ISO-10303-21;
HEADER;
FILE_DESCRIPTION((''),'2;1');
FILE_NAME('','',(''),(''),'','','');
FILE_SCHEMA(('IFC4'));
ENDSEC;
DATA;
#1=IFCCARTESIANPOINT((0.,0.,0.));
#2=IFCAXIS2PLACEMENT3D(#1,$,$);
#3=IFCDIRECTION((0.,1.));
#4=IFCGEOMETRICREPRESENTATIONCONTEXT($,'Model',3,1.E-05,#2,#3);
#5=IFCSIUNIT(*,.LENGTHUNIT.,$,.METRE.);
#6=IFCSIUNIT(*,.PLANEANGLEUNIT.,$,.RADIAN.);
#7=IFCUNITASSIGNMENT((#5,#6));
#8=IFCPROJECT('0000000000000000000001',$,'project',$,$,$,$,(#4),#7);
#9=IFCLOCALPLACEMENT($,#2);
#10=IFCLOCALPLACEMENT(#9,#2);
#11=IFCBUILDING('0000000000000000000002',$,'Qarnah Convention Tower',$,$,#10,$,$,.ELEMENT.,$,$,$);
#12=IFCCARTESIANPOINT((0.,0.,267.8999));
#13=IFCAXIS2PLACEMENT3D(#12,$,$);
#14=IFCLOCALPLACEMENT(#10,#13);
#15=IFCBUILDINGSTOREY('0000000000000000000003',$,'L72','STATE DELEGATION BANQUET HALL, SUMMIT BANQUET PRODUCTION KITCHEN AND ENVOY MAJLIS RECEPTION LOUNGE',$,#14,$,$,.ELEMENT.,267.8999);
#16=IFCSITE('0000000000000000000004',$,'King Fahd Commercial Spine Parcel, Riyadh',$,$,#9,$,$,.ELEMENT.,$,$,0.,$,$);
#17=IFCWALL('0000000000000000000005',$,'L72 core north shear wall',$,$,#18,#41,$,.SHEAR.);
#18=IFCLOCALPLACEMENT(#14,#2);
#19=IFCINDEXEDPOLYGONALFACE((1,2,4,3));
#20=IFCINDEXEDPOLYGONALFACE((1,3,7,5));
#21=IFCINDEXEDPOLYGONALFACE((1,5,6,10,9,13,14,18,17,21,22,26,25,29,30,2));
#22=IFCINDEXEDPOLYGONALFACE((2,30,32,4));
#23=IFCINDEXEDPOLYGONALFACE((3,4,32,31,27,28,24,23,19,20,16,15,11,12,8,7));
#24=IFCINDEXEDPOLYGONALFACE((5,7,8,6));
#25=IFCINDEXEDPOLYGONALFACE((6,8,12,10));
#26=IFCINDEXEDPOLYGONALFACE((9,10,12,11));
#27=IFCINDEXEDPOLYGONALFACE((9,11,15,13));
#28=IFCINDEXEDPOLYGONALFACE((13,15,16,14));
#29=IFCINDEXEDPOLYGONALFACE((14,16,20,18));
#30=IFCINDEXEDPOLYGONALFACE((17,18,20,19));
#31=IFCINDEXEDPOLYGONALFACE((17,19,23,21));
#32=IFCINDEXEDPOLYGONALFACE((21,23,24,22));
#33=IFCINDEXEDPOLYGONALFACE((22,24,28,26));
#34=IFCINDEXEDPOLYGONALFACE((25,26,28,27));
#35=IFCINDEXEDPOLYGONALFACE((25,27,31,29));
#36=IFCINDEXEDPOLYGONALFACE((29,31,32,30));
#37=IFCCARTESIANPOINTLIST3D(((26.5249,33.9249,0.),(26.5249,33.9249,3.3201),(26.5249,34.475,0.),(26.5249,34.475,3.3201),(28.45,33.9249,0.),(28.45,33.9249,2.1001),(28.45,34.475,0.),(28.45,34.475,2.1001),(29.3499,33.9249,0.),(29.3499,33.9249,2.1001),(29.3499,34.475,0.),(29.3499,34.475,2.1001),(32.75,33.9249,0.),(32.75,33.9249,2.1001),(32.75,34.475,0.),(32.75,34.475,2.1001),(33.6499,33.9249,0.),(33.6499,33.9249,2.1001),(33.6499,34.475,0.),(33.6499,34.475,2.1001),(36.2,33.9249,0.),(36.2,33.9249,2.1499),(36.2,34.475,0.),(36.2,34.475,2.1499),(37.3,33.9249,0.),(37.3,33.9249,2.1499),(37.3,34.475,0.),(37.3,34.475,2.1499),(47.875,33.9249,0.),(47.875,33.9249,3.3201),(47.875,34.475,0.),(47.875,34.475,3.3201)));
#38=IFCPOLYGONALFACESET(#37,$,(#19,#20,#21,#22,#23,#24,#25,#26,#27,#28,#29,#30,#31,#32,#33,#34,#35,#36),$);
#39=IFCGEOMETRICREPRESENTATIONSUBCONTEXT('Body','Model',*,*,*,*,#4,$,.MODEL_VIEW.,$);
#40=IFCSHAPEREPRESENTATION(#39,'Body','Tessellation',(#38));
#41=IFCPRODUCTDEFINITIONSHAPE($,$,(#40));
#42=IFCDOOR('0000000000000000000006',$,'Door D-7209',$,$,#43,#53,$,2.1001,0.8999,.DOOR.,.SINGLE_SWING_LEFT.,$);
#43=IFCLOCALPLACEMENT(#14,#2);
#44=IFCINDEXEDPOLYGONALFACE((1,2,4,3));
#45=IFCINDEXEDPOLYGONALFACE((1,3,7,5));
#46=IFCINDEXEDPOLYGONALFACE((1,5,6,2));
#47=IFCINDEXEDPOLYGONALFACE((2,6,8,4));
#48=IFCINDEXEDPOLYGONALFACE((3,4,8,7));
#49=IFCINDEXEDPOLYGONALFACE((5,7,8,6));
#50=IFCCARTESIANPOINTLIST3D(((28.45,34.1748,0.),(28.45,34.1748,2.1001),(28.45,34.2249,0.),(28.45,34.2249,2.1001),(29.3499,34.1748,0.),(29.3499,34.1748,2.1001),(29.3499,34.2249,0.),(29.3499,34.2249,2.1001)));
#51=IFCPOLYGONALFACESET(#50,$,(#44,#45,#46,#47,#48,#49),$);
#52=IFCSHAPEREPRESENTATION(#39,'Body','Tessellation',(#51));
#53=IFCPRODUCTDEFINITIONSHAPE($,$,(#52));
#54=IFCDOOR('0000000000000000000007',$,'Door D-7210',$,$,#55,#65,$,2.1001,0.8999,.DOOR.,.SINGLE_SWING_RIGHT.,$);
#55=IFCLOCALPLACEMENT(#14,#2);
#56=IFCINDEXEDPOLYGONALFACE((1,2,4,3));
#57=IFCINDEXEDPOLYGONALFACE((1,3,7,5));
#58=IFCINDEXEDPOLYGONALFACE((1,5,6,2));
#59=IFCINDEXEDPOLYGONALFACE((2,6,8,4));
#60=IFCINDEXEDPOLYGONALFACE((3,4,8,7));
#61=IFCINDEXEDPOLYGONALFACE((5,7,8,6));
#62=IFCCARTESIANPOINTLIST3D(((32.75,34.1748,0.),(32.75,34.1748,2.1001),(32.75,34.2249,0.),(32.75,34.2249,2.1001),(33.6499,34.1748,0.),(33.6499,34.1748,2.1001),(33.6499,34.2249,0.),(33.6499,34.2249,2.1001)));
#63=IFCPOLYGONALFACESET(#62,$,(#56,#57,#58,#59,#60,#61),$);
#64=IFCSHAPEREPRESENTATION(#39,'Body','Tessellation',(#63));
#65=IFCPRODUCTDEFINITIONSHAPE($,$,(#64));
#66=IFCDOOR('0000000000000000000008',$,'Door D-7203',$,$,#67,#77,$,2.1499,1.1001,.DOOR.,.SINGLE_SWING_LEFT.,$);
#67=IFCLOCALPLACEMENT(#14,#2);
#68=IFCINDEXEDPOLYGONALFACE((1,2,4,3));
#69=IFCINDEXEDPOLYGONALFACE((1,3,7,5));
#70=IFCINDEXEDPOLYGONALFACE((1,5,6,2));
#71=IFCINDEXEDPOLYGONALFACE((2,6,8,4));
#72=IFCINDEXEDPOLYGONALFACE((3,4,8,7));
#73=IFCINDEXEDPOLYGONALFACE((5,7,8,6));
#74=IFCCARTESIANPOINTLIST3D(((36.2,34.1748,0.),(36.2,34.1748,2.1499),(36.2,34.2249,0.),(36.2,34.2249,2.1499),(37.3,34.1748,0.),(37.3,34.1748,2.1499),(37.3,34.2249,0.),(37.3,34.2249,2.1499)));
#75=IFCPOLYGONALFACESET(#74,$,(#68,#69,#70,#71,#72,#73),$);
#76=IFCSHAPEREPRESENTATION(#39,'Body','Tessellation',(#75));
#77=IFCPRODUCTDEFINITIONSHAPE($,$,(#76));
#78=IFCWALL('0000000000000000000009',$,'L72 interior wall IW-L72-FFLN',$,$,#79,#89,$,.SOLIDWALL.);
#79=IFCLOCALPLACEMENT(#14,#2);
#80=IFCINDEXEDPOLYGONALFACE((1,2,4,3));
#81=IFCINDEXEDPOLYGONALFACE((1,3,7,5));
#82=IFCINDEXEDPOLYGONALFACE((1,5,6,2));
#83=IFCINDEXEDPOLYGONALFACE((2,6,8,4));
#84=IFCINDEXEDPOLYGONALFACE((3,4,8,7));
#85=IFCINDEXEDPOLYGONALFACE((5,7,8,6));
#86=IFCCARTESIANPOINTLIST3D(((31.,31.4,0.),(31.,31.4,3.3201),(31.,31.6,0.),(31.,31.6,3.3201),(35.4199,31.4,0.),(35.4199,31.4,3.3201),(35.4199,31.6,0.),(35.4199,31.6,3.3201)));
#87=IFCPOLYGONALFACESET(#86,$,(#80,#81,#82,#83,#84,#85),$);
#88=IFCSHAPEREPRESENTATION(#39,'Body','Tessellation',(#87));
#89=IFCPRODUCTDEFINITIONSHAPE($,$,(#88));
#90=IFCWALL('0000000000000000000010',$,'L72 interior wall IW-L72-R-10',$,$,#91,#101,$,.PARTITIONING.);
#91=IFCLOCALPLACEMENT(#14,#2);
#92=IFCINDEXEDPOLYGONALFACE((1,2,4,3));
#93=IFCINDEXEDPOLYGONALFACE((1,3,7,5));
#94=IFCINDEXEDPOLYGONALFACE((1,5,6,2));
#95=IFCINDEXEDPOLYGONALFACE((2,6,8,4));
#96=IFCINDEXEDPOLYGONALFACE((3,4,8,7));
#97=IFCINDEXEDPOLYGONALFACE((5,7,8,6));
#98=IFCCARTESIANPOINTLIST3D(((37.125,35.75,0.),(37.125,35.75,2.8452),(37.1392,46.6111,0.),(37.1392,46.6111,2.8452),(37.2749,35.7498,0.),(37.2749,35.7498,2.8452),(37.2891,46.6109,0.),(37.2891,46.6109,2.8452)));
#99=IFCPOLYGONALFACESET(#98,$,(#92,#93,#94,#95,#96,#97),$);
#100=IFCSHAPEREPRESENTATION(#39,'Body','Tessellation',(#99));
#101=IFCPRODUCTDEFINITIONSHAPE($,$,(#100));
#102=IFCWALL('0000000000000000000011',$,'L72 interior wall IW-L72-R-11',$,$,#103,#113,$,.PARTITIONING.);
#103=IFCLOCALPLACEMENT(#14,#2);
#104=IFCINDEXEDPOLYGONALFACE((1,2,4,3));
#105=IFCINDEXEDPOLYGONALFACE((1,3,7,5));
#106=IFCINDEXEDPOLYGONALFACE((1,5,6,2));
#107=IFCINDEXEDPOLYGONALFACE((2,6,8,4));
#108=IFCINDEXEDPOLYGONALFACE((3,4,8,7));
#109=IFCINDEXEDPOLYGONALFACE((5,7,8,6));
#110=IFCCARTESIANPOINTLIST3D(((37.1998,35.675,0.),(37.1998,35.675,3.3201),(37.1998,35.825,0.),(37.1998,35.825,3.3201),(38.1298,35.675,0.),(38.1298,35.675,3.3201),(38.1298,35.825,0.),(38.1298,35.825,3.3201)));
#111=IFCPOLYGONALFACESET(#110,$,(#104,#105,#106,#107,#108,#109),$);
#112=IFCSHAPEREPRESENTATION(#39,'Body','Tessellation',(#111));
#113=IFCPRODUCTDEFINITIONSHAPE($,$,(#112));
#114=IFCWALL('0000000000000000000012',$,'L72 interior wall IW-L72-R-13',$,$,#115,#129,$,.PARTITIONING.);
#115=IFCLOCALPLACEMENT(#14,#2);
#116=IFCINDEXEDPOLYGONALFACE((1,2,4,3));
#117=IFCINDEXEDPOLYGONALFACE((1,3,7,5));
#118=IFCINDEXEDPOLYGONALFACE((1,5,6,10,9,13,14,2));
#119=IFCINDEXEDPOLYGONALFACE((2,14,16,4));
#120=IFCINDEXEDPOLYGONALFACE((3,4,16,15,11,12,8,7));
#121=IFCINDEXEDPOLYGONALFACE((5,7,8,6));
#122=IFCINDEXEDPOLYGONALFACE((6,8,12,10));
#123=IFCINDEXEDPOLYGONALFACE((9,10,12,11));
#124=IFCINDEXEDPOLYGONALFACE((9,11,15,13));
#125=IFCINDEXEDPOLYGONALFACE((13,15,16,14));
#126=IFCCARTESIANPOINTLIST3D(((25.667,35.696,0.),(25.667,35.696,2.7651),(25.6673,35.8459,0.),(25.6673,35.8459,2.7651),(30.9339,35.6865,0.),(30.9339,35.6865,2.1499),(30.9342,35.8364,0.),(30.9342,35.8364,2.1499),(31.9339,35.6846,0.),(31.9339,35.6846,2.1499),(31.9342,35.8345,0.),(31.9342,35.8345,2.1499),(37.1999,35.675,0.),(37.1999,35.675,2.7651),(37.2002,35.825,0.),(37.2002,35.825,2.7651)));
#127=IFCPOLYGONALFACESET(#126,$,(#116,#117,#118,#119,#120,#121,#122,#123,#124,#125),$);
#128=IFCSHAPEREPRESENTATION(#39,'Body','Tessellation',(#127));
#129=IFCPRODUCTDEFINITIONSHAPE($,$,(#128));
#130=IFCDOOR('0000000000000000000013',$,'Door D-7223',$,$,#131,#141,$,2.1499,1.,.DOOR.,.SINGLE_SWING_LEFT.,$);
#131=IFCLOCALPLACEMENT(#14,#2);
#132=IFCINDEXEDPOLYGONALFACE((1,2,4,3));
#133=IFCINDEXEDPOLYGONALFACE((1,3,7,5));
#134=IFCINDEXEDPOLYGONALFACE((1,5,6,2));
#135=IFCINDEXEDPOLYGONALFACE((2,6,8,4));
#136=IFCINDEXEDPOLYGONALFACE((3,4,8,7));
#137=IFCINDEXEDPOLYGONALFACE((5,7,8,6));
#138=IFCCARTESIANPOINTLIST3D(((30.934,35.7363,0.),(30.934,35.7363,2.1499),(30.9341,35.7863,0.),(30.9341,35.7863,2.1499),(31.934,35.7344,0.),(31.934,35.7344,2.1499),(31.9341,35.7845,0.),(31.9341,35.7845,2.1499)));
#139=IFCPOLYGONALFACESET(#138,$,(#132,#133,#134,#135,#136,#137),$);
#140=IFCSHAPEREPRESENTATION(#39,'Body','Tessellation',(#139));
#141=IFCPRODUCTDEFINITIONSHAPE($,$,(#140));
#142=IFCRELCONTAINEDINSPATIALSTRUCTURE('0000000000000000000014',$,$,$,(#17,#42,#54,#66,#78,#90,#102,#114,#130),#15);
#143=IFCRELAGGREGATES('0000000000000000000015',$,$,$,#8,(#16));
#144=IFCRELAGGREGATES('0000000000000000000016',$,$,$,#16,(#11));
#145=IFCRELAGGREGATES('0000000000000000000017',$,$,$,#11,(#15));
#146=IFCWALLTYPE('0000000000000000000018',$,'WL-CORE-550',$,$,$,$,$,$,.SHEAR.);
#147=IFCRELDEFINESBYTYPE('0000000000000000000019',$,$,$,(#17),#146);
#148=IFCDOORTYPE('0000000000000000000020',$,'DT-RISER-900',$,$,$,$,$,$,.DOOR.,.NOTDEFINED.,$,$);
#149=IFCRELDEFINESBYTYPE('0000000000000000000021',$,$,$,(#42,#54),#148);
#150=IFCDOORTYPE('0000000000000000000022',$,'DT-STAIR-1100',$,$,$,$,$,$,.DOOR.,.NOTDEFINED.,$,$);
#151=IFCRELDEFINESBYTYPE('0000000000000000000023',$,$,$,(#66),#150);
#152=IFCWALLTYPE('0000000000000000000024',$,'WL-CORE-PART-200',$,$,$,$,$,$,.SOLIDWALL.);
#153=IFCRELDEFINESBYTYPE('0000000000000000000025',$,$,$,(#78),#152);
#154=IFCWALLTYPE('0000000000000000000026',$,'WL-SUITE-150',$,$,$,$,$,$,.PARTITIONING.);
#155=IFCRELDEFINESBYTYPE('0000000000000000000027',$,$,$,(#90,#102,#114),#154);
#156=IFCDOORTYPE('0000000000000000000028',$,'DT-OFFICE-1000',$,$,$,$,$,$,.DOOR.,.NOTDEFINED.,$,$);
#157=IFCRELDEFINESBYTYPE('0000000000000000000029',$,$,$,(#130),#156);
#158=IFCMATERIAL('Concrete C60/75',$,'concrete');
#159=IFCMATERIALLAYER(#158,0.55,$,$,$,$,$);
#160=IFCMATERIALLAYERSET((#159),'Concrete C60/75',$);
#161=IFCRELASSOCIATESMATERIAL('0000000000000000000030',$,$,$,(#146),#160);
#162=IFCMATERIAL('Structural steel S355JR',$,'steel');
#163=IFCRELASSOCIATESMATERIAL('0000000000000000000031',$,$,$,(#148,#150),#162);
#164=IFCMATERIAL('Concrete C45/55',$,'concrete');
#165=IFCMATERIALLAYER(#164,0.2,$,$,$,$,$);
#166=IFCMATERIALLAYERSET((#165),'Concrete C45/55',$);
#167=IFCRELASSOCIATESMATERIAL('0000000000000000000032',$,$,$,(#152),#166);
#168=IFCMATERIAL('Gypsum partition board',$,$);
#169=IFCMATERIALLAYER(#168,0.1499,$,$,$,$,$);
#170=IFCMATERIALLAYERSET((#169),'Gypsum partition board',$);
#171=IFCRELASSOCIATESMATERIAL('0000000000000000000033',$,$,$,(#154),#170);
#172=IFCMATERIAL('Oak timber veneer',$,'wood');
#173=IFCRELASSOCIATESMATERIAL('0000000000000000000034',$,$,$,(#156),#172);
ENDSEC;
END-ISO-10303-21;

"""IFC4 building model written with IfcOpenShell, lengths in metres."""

from ifc_helpers import new_model, si_unit, direction, frame, frame_2d, origin, place, context, subcontext, project, spatial, rectangle, extrude, material, layer, layer_set, type_object, element, fill, save


model = new_model("IFC4")

# Units and contexts
model_context = context("Model", 3, precision=1e-05, world=origin(), true_north=direction((0.0, 1.0)))
body_context = subcontext(model_context, "Body", "Model", "MODEL_VIEW")
ifc_project = project(units=[si_unit("LENGTHUNIT", "METRE"), si_unit("PLANEANGLEUNIT", "RADIAN")], contexts=[model_context])

# Site, building, storey
site_placement = place(None, origin())
site = spatial("IfcSite", under=ifc_project, at=site_placement, Name="King Fahd Commercial Spine Parcel, Riyadh", CompositionType="ELEMENT", RefElevation=0.0)
building_placement = place(site_placement, origin())
building = spatial("IfcBuilding", under=site, at=building_placement, Name="Qarnah Convention Tower", CompositionType="ELEMENT")
storey_placement = place(building_placement, frame((0.0, 0.0, 267.8999)))
storey = spatial("IfcBuildingStorey", under=building, at=storey_placement, Name="L72", Description="STATE DELEGATION BANQUET HALL, SUMMIT BANQUET PRODUCTION KITCHEN AND ENVOY MAJLIS RECEPTION LOUNGE", CompositionType="ELEMENT", Elevation=267.8999)

# Shared definitions
ifc_material_1 = material(Name="Structural steel S355JR", Category="steel")

# Wall, openings, doors
ifc_material_2 = material(Name="Concrete C60/75", Category="concrete")
ifc_layer_1 = layer(ifc_material_2, 0.55)
ifc_layer_set_1 = layer_set([ifc_layer_1], Name="Concrete C60/75")
wall_type_1 = type_object("IfcWallType", Name="WL-CORE-550", PredefinedType="SHEAR", material=ifc_layer_set_1)
wall_1_placement = place(storey_placement, frame((26.5249, 34.2, 0.0), z_axis=(0.0, 0.0, 1.0), x_axis=(1.0, 0.0, 0.0)))
wall_1 = element("IfcWall", 1, at=wall_1_placement, inside=storey, type_object=wall_type_1, Name="L72 core north shear wall", PredefinedType="SHEAR", context=body_context, shape_type="SweptSolid", body=[
    extrude(rectangle(XDim=21.3501, YDim=0.55, at=frame_2d((10.675, 0.0))), origin(), (0.0, 0.0, 1.0), 3.3201),
])
opening_1_placement = place(wall_1_placement, frame((9.675, 0.0, 0.0)))
opening_1 = element("IfcOpeningElement", 2, at=opening_1_placement, cuts=wall_1, PredefinedType="OPENING", context=body_context, shape_type="SweptSolid", body=[
    extrude(rectangle(XDim=1.1001, YDim=2.1499, at=frame_2d((0.55, 1.075))), frame((0.0, 0.2849, 0.0), z_axis=(0.0, -1.0, 0.0), x_axis=(1.0, 0.0, 0.0)), (0.0, 0.0, 1.0), 0.5701),
])
opening_2_placement = place(wall_1_placement, frame((1.925, 0.0, 0.0)))
opening_2 = element("IfcOpeningElement", 3, at=opening_2_placement, cuts=wall_1, PredefinedType="OPENING", context=body_context, shape_type="SweptSolid", body=[
    extrude(rectangle(XDim=0.8999, YDim=2.1001, at=frame_2d((0.45, 1.05))), frame((0.0, 0.2849, 0.0), z_axis=(0.0, -1.0, 0.0), x_axis=(1.0, 0.0, 0.0)), (0.0, 0.0, 1.0), 0.5701),
])
opening_3_placement = place(wall_1_placement, frame((6.2251, 0.0, 0.0)))
opening_3 = element("IfcOpeningElement", 4, at=opening_3_placement, cuts=wall_1, PredefinedType="OPENING", context=body_context, shape_type="SweptSolid", body=[
    extrude(rectangle(XDim=0.8999, YDim=2.1001, at=frame_2d((0.45, 1.05))), frame((0.0, 0.2849, 0.0), z_axis=(0.0, -1.0, 0.0), x_axis=(1.0, 0.0, 0.0)), (0.0, 0.0, 1.0), 0.5701),
])
door_type_1 = type_object("IfcDoorType", Name="DT-RISER-900", OperationType="NOTDEFINED", PredefinedType="DOOR", material=ifc_material_1)
door_1_placement = place(opening_2_placement, origin())
door_1 = element("IfcDoor", 5, at=door_1_placement, inside=storey, type_object=door_type_1, Name="Door D-7209", OperationType="SINGLE_SWING_LEFT", OverallHeight=2.1001, OverallWidth=0.8999, PredefinedType="DOOR", context=body_context, shape_type="SweptSolid", body=[
    extrude(rectangle(XDim=0.8999, YDim=2.1001, at=frame_2d((0.45, 1.05))), frame((0.0, 0.0249, 0.0), z_axis=(0.0, -1.0, 0.0), x_axis=(1.0, 0.0, 0.0)), (0.0, 0.0, 1.0), 0.05),
])
fill(opening_2, door_1)
door_2_placement = place(opening_3_placement, origin())
door_2 = element("IfcDoor", 6, at=door_2_placement, inside=storey, type_object=door_type_1, Name="Door D-7210", OperationType="SINGLE_SWING_RIGHT", OverallHeight=2.1001, OverallWidth=0.8999, PredefinedType="DOOR", context=body_context, shape_type="SweptSolid", body=[
    extrude(rectangle(XDim=0.8999, YDim=2.1001, at=frame_2d((0.45, 1.05))), frame((0.0, 0.0249, 0.0), z_axis=(0.0, -1.0, 0.0), x_axis=(1.0, 0.0, 0.0)), (0.0, 0.0, 1.0), 0.05),
])
fill(opening_3, door_2)
door_type_2 = type_object("IfcDoorType", Name="DT-STAIR-1100", OperationType="NOTDEFINED", PredefinedType="DOOR", material=ifc_material_1)
door_3_placement = place(opening_1_placement, origin())
door_3 = element("IfcDoor", 7, at=door_3_placement, inside=storey, type_object=door_type_2, Name="Door D-7203", OperationType="SINGLE_SWING_LEFT", OverallHeight=2.1499, OverallWidth=1.1001, PredefinedType="DOOR", context=body_context, shape_type="SweptSolid", body=[
    extrude(rectangle(XDim=1.1001, YDim=2.1499, at=frame_2d((0.55, 1.075))), frame((0.0, 0.0249, 0.0), z_axis=(0.0, -1.0, 0.0), x_axis=(1.0, 0.0, 0.0)), (0.0, 0.0, 1.0), 0.05),
])
fill(opening_1, door_3)

# Walls
ifc_material_3 = material(Name="Concrete C45/55", Category="concrete")
ifc_layer_2 = layer(ifc_material_3, 0.2)
ifc_layer_set_2 = layer_set([ifc_layer_2], Name="Concrete C45/55")
wall_type_2 = type_object("IfcWallType", Name="WL-CORE-PART-200", PredefinedType="SOLIDWALL", material=ifc_layer_set_2)
wall_2_placement = place(storey_placement, frame((31.0, 31.5, 0.0), z_axis=(0.0, 0.0, 1.0), x_axis=(1.0, 0.0, 0.0)))
element("IfcWall", 8, at=wall_2_placement, inside=storey, type_object=wall_type_2, Name="L72 interior wall IW-L72-FFLN", PredefinedType="SOLIDWALL", context=body_context, shape_type="SweptSolid", body=[
    extrude(rectangle(XDim=4.4199, YDim=0.2, at=frame_2d((2.21, 0.0))), origin(), (0.0, 0.0, 1.0), 3.3201),
])
ifc_material_4 = material(Name="Gypsum partition board")
ifc_layer_3 = layer(ifc_material_4, 0.1499)
ifc_layer_set_3 = layer_set([ifc_layer_3], Name="Gypsum partition board")
wall_type_3 = type_object("IfcWallType", Name="WL-SUITE-150", PredefinedType="PARTITIONING", material=ifc_layer_set_3)
wall_3_placement = place(storey_placement, frame((37.2141, 46.6111, 0.0), z_axis=(0.0, 0.0, 1.0), x_axis=(-0.001304, -0.999999, 0.0)))
element("IfcWall", 9, at=wall_3_placement, inside=storey, type_object=wall_type_3, Name="L72 interior wall IW-L72-R-10", PredefinedType="PARTITIONING", context=body_context, shape_type="SweptSolid", body=[
    extrude(rectangle(XDim=10.8611, YDim=0.1499, at=frame_2d((5.4307, 0.0))), origin(), (0.0, 0.0, 1.0), 2.8452),
])
wall_4_placement = place(storey_placement, frame((37.2, 35.75, 0.0), z_axis=(0.0, 0.0, 1.0), x_axis=(1.0, 0.0, 0.0)))
element("IfcWall", 10, at=wall_4_placement, inside=storey, type_object=wall_type_3, Name="L72 interior wall IW-L72-R-11", PredefinedType="PARTITIONING", context=body_context, shape_type="SweptSolid", body=[
    extrude(rectangle(XDim=0.9299, YDim=0.1499, at=frame_2d((0.4648, 0.0))), origin(), (0.0, 0.0, 1.0), 3.3201),
])

# Wall, opening, door
wall_5_placement = place(storey_placement, frame((25.667, 35.771, 0.0), z_axis=(0.0, 0.0, 1.0), x_axis=(0.999998, -0.001821, 0.0)))
wall_5 = element("IfcWall", 11, at=wall_5_placement, inside=storey, type_object=wall_type_3, Name="L72 interior wall IW-L72-R-13", PredefinedType="PARTITIONING", context=body_context, shape_type="SweptSolid", body=[
    extrude(rectangle(XDim=11.533, YDim=0.1499, at=frame_2d((5.7666, 0.0))), origin(), (0.0, 0.0, 1.0), 2.7651),
])
opening_4_placement = place(wall_5_placement, frame((5.2671, 0.0, 0.0)))
opening_4 = element("IfcOpeningElement", 12, at=opening_4_placement, cuts=wall_5, PredefinedType="OPENING", context=body_context, shape_type="SweptSolid", body=[
    extrude(rectangle(XDim=1.0, YDim=2.1499, at=frame_2d((0.5, 1.075))), frame((0.0, 0.085, 0.0), z_axis=(0.0, -1.0, 0.0), x_axis=(1.0, 0.0, 0.0)), (0.0, 0.0, 1.0), 0.1699),
])
ifc_material_5 = material(Name="Oak timber veneer", Category="wood")
door_type_3 = type_object("IfcDoorType", Name="DT-OFFICE-1000", OperationType="NOTDEFINED", PredefinedType="DOOR", material=ifc_material_5)
door_4_placement = place(opening_4_placement, origin())
door_4 = element("IfcDoor", 13, at=door_4_placement, inside=storey, type_object=door_type_3, Name="Door D-7223", OperationType="SINGLE_SWING_LEFT", OverallHeight=2.1499, OverallWidth=1.0, PredefinedType="DOOR", context=body_context, shape_type="SweptSolid", body=[
    extrude(rectangle(XDim=1.0, YDim=2.1499, at=frame_2d((0.5, 1.075))), frame((0.0, 0.0249, 0.0), z_axis=(0.0, -1.0, 0.0), x_axis=(1.0, 0.0, 0.0)), (0.0, 0.0, 1.0), 0.05),
])
fill(opening_4, door_4)

save(model, "model.ifc")
